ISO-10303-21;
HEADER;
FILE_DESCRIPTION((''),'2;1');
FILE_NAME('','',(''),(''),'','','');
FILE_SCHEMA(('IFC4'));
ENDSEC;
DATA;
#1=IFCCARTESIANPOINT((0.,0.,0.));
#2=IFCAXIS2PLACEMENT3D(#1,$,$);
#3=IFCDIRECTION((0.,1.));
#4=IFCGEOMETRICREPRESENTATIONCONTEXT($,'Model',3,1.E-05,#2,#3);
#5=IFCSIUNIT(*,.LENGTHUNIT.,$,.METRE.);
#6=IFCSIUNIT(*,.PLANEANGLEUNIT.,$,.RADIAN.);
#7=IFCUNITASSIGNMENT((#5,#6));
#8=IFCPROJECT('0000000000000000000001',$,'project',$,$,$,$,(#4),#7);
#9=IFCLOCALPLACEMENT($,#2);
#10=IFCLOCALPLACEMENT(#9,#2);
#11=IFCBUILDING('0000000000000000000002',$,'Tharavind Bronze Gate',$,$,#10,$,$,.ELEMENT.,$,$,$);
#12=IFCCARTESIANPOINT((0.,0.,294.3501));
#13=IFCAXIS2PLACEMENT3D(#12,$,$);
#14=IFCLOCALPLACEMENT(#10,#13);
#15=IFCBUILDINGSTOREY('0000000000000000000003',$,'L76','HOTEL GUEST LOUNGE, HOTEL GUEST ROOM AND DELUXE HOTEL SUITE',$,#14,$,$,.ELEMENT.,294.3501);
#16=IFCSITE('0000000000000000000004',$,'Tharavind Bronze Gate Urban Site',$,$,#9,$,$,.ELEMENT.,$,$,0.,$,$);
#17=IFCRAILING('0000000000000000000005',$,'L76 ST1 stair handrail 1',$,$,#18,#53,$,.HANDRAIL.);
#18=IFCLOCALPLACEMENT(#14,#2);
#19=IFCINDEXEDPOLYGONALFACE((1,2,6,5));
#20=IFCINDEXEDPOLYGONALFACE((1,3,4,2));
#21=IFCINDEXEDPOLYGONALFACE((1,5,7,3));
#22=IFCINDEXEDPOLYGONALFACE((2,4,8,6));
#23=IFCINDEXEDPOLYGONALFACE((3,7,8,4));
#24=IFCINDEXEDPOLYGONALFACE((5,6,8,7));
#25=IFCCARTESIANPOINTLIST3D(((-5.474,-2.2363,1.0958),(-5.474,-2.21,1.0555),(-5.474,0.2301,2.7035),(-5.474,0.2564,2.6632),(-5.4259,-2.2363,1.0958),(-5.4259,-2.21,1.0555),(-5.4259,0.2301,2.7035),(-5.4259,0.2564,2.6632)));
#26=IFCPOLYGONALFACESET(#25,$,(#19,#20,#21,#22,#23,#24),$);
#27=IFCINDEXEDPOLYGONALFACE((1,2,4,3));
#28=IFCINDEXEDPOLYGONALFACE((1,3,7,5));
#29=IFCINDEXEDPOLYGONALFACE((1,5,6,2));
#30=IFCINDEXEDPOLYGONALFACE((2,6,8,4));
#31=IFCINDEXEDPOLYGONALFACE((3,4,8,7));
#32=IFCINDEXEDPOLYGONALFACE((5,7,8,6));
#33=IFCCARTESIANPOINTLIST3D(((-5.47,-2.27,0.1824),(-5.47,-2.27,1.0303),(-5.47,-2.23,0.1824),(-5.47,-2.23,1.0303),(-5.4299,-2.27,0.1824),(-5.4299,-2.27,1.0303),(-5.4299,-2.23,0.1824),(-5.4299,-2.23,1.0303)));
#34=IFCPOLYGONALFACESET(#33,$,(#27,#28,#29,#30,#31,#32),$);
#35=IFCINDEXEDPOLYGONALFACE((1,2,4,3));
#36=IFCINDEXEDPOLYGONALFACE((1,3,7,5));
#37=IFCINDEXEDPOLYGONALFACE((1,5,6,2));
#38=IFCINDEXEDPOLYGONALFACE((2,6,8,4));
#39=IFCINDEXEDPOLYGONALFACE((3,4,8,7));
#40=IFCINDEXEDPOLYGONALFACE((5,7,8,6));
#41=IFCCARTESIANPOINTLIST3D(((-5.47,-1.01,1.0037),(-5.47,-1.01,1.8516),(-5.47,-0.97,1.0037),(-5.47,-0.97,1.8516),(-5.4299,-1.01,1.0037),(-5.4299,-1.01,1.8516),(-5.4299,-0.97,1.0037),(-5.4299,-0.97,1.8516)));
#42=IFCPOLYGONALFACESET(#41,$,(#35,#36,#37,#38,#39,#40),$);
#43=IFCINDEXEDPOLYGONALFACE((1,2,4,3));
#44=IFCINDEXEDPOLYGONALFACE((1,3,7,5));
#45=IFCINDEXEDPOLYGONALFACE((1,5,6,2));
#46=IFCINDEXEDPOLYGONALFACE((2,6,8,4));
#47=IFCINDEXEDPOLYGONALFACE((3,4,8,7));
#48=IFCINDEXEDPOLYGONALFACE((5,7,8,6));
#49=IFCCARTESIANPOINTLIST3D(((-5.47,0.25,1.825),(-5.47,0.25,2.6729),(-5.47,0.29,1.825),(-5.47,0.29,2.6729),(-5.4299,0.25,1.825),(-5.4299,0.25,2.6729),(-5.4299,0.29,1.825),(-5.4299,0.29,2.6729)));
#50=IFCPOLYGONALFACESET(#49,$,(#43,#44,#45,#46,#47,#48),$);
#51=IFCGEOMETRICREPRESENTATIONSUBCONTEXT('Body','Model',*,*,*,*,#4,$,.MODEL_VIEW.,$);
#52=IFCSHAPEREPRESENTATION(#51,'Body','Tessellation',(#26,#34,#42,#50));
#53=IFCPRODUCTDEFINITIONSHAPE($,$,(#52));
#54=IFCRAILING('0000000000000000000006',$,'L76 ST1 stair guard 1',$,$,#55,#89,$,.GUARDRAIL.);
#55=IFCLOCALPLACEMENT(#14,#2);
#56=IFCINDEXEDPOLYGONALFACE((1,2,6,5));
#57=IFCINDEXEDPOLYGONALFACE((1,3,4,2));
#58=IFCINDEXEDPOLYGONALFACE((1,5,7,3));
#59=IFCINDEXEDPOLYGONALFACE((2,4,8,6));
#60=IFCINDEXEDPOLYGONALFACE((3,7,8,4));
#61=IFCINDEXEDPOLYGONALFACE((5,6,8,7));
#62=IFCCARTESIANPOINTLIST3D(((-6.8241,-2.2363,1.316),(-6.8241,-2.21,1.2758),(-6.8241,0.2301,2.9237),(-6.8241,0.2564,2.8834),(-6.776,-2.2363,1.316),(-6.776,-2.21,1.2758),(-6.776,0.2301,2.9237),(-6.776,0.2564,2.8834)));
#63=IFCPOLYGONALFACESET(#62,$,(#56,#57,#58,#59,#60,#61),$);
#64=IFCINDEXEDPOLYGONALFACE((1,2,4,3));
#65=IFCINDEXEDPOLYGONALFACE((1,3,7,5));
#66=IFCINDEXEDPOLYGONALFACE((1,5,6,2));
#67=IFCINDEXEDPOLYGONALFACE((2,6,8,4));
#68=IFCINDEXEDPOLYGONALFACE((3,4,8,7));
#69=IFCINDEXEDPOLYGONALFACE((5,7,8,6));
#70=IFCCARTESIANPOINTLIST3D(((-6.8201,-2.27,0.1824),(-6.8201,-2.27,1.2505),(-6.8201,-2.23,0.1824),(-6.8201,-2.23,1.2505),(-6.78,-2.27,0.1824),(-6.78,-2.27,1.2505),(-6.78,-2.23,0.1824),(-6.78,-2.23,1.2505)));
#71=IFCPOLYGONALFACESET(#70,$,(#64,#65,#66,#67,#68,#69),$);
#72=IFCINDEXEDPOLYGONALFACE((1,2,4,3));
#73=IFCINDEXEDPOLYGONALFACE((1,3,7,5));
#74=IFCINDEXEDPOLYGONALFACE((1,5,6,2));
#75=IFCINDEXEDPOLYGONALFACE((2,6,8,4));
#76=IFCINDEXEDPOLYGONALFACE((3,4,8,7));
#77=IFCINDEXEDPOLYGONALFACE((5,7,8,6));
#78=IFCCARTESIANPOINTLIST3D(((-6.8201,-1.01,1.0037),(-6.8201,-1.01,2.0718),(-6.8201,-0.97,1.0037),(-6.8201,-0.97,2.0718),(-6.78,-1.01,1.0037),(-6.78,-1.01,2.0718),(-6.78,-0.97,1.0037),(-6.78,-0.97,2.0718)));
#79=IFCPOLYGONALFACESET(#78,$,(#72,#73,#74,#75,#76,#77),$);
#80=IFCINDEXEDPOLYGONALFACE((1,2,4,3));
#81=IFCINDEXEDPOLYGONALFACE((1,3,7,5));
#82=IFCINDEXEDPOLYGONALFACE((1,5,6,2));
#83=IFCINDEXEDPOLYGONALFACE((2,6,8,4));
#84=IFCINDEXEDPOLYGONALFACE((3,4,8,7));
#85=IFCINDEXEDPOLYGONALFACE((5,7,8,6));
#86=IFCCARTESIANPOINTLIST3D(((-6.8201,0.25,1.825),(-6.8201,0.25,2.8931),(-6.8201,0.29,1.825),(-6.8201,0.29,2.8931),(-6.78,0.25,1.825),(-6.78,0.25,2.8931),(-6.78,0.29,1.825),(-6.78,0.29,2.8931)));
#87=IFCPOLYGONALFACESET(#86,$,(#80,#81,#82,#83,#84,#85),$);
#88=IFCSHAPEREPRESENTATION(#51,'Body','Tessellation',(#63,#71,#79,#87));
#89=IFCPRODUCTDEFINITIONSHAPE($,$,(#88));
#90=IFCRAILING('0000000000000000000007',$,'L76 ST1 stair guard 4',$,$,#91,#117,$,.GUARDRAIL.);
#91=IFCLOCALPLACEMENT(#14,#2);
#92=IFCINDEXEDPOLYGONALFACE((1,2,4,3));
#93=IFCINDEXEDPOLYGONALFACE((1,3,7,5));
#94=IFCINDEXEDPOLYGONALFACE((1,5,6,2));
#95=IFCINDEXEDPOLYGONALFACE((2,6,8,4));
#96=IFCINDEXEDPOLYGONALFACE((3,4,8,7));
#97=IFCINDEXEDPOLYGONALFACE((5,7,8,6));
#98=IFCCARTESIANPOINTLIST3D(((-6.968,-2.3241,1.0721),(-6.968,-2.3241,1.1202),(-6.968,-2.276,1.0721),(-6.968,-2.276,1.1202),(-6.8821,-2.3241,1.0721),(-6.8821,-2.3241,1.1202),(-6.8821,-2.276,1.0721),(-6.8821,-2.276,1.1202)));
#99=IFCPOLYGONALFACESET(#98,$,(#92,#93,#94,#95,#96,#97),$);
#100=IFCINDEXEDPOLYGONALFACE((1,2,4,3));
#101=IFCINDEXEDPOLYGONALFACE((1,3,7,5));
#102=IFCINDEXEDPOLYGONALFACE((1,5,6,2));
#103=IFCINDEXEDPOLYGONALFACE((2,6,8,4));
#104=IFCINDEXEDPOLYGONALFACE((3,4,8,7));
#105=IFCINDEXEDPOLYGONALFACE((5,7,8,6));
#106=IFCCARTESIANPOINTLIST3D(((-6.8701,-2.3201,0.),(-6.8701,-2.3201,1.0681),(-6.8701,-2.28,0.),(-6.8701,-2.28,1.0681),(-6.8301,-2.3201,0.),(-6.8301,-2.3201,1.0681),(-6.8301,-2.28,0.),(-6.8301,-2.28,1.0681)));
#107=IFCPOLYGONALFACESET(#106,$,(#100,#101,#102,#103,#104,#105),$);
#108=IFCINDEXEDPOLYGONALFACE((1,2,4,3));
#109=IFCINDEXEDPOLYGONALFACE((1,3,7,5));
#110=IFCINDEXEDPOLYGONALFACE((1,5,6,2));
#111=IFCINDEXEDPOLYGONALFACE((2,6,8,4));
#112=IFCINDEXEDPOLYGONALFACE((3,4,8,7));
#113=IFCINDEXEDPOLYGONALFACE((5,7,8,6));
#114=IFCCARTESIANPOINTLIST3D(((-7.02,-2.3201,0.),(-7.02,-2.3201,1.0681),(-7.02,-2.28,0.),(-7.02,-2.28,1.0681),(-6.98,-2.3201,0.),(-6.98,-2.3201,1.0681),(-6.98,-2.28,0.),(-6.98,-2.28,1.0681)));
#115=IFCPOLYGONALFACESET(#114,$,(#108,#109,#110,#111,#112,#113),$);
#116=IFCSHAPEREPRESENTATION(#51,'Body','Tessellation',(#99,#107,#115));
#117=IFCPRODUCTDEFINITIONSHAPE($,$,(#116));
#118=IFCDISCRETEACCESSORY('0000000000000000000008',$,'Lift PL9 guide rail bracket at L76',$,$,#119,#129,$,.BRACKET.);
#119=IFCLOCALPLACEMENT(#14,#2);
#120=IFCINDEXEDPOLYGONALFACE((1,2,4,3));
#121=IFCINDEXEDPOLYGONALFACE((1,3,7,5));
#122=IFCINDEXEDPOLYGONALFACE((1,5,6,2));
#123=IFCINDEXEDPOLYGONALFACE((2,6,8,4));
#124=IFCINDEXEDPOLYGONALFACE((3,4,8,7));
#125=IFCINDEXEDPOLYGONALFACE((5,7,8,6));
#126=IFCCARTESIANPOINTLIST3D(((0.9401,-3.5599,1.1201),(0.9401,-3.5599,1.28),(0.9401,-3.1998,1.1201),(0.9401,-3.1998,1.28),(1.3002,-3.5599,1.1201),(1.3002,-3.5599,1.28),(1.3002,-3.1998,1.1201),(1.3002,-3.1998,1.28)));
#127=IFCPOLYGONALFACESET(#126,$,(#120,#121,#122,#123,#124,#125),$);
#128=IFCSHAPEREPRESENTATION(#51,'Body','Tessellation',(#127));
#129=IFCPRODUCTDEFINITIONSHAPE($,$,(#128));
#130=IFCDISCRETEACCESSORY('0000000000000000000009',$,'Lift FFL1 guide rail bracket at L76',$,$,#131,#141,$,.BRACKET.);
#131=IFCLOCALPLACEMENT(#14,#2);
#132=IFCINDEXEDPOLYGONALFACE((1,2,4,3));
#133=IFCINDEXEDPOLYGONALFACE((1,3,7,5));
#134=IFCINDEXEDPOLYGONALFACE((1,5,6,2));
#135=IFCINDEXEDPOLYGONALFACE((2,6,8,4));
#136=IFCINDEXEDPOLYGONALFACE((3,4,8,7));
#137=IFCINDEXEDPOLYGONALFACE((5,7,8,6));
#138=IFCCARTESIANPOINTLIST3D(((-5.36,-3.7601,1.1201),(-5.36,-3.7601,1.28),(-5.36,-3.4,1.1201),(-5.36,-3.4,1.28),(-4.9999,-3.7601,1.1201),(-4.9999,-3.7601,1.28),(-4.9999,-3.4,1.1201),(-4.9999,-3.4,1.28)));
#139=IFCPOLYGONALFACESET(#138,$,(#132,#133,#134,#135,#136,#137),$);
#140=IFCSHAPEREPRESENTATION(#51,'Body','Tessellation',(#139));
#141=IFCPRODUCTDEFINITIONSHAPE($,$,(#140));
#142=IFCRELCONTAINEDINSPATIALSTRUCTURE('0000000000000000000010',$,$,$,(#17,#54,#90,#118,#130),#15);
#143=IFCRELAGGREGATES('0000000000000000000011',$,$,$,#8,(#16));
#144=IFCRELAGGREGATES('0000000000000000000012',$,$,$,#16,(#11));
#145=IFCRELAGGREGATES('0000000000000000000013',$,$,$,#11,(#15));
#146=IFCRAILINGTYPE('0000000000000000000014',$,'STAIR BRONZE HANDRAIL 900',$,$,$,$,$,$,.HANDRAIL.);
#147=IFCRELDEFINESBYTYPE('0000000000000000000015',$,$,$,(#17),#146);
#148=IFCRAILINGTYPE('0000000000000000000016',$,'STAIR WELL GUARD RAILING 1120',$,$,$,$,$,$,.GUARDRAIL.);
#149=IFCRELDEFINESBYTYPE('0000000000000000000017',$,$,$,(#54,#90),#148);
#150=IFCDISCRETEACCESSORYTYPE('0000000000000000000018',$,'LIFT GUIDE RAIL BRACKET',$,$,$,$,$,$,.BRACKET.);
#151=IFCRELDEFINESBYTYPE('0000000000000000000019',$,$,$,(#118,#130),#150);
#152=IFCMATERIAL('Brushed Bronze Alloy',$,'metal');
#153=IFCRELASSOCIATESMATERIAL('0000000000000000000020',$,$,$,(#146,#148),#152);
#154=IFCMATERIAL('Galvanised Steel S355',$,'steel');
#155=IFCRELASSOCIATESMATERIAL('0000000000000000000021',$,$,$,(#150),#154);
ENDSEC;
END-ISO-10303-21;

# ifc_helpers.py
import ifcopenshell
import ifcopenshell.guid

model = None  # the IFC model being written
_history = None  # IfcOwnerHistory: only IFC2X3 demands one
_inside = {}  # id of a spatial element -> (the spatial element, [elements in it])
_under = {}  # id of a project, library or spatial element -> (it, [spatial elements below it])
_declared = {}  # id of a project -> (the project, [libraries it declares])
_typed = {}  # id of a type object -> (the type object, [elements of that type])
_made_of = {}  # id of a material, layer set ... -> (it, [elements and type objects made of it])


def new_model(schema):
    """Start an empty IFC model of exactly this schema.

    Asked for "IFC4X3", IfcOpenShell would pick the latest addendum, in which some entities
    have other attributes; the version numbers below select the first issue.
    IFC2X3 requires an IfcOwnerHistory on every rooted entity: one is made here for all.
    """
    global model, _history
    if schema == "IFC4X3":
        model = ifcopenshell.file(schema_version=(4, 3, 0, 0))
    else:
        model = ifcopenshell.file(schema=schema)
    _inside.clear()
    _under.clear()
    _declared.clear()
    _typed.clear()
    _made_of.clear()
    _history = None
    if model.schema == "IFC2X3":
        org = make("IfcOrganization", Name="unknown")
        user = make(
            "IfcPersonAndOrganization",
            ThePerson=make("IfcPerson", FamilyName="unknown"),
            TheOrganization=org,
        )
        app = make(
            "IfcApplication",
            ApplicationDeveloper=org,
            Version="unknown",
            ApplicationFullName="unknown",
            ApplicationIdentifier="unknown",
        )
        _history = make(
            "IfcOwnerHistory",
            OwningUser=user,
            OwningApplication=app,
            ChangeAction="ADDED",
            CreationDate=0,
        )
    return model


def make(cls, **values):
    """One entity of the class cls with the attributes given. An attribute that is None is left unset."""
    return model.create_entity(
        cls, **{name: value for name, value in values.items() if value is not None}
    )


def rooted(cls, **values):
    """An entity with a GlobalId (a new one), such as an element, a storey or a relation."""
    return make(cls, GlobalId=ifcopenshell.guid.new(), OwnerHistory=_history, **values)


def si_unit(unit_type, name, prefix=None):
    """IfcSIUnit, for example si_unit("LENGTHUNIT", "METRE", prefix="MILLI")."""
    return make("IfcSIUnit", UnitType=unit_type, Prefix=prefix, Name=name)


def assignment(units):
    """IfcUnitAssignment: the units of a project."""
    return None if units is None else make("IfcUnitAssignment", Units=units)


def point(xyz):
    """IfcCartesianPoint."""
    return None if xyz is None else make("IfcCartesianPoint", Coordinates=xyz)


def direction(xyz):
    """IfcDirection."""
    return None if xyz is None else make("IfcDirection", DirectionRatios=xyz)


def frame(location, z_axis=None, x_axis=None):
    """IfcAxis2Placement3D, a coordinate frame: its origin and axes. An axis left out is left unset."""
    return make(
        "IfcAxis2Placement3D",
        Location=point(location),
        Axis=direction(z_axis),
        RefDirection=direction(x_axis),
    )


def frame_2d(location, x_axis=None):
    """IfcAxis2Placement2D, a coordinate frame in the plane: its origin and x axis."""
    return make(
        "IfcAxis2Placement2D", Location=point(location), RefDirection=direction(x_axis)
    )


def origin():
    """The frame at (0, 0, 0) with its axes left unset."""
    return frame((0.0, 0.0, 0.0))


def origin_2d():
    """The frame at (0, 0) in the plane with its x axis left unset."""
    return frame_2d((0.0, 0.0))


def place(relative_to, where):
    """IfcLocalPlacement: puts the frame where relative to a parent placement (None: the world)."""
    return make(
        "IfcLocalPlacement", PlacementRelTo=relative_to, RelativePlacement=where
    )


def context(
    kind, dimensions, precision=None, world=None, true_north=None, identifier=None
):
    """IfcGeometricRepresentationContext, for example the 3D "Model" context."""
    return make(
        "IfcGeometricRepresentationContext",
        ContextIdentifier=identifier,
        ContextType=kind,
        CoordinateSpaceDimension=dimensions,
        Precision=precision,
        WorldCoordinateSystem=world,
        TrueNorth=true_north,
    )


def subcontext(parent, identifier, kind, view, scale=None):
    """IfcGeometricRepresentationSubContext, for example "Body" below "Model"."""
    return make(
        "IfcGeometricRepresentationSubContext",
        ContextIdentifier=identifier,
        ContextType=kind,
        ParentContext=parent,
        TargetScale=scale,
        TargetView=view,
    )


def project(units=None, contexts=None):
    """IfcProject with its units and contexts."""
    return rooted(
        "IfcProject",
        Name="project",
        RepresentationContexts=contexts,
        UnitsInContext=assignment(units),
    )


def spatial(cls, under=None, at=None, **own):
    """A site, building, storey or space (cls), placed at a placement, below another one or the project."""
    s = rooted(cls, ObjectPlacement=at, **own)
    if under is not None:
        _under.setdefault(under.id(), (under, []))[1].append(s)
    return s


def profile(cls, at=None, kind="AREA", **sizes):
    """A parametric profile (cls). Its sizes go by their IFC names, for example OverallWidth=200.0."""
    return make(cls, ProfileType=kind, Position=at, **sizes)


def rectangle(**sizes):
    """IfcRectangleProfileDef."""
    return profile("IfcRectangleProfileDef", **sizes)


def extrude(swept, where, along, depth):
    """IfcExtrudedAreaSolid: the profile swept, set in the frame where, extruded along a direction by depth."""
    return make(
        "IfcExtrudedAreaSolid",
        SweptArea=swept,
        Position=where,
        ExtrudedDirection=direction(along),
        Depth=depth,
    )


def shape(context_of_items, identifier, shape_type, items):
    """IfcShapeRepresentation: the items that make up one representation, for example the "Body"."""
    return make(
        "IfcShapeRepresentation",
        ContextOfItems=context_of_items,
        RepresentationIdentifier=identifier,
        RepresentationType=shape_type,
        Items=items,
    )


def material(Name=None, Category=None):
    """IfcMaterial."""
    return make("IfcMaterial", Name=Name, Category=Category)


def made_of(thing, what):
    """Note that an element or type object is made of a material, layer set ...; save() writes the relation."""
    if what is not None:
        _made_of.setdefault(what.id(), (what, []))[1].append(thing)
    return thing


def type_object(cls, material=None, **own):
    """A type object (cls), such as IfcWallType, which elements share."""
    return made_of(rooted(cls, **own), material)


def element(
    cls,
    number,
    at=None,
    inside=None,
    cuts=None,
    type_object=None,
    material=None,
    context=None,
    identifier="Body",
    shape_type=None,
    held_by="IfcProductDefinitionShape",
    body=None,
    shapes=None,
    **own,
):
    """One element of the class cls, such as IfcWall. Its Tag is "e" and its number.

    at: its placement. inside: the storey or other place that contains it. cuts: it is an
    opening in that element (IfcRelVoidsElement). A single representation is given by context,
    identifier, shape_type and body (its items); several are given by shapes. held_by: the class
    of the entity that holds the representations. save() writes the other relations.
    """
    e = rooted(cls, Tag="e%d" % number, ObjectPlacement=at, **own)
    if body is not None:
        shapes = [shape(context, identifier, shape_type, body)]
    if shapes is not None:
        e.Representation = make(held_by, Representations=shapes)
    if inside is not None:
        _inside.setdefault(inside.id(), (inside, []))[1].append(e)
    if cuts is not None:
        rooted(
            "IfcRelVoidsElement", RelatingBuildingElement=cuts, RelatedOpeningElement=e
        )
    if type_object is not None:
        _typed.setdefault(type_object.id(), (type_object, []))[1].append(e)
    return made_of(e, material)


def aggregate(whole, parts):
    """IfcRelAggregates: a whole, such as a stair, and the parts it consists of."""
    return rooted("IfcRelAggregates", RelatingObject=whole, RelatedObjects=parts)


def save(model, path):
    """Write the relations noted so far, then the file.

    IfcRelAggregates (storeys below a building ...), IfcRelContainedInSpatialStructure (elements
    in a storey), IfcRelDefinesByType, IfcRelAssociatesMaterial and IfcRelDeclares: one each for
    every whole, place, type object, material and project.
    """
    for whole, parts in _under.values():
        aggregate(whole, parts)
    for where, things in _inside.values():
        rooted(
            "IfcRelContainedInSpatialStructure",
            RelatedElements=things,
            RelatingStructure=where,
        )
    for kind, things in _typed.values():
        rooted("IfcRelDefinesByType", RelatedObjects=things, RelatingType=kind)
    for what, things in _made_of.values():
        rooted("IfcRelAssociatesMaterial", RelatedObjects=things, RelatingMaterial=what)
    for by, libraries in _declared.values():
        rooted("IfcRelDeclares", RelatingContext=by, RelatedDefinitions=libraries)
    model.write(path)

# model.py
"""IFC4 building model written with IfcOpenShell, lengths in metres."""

from ifc_helpers import new_model, si_unit, direction, frame, origin, origin_2d, place, context, subcontext, project, spatial, rectangle, extrude, material, type_object, element, save


model = new_model("IFC4")

# Units and contexts
model_context = context("Model", 3, precision=1e-05, world=origin(), true_north=direction((0.0, 1.0)))
body_context = subcontext(model_context, "Body", "Model", "MODEL_VIEW")
ifc_project = project(units=[si_unit("LENGTHUNIT", "METRE"), si_unit("PLANEANGLEUNIT", "RADIAN")], contexts=[model_context])

# Site, building, storey
site_placement = place(None, origin())
site = spatial("IfcSite", under=ifc_project, at=site_placement, Name="Tharavind Bronze Gate Urban Site", CompositionType="ELEMENT", RefElevation=0.0)
building_placement = place(site_placement, origin())
building = spatial("IfcBuilding", under=site, at=building_placement, Name="Tharavind Bronze Gate", CompositionType="ELEMENT")
storey_placement = place(building_placement, frame((0.0, 0.0, 294.3501)))
storey = spatial("IfcBuildingStorey", under=building, at=storey_placement, Name="L76", Description="HOTEL GUEST LOUNGE, HOTEL GUEST ROOM AND DELUXE HOTEL SUITE", CompositionType="ELEMENT", Elevation=294.3501)

# Railings
ifc_material_1 = material(Name="Brushed Bronze Alloy", Category="metal")
railing_type_1 = type_object("IfcRailingType", Name="STAIR BRONZE HANDRAIL 900", PredefinedType="HANDRAIL", material=ifc_material_1)
railing_1_placement = place(storey_placement, frame((-5.45, -2.25, 0.1824)))
element("IfcRailing", 1, at=railing_1_placement, inside=storey, type_object=railing_type_1, Name="L76 ST1 stair handrail 1", PredefinedType="HANDRAIL", context=body_context, shape_type="SweptSolid", body=[
    extrude(rectangle(XDim=0.0481, YDim=0.0481, at=origin_2d()), frame((0.0, 0.0269, 0.8933), z_axis=(0.0, 0.837749, 0.546055), x_axis=(-1.0, 0.0, 0.0)), (0.0, 0.0, 1.0), 2.9441),
    extrude(rectangle(XDim=0.04, YDim=0.04, at=origin_2d()), origin(), (0.0, 0.0, 1.0), 0.8479),
    extrude(rectangle(XDim=0.04, YDim=0.04, at=origin_2d()), frame((0.0, 1.26, 0.8213)), (0.0, 0.0, 1.0), 0.8479),
    extrude(rectangle(XDim=0.04, YDim=0.04, at=origin_2d()), frame((0.0, 2.52, 1.6426)), (0.0, 0.0, 1.0), 0.8479),
])
railing_type_2 = type_object("IfcRailingType", Name="STAIR WELL GUARD RAILING 1120", PredefinedType="GUARDRAIL", material=ifc_material_1)
railing_2_placement = place(storey_placement, frame((-6.8, -2.25, 0.1824)))
element("IfcRailing", 2, at=railing_2_placement, inside=storey, type_object=railing_type_2, Name="L76 ST1 stair guard 1", PredefinedType="GUARDRAIL", context=body_context, shape_type="SweptSolid", body=[
    extrude(rectangle(XDim=0.0481, YDim=0.0481, at=origin_2d()), frame((0.0, 0.0269, 1.1135), z_axis=(0.0, 0.837749, 0.546055), x_axis=(-1.0, 0.0, 0.0)), (0.0, 0.0, 1.0), 2.9441),
    extrude(rectangle(XDim=0.04, YDim=0.04, at=origin_2d()), origin(), (0.0, 0.0, 1.0), 1.0681),
    extrude(rectangle(XDim=0.04, YDim=0.04, at=origin_2d()), frame((0.0, 1.26, 0.8213)), (0.0, 0.0, 1.0), 1.0681),
    extrude(rectangle(XDim=0.04, YDim=0.04, at=origin_2d()), frame((0.0, 2.52, 1.6426)), (0.0, 0.0, 1.0), 1.0681),
])
railing_3_placement = place(storey_placement, frame((-6.8501, -2.3, 0.0)))
element("IfcRailing", 3, at=railing_3_placement, inside=storey, type_object=railing_type_2, Name="L76 ST1 stair guard 4", PredefinedType="GUARDRAIL", context=body_context, shape_type="SweptSolid", body=[
    extrude(rectangle(XDim=0.0481, YDim=0.0481, at=origin_2d()), frame((-0.032, 0.0, 1.0962), z_axis=(-1.0, 0.0, 0.0), x_axis=(0.0, -1.0, 0.0)), (0.0, 0.0, 1.0), 0.0859),
    extrude(rectangle(XDim=0.04, YDim=0.04, at=origin_2d()), origin(), (0.0, 0.0, 1.0), 1.0681),
    extrude(rectangle(XDim=0.04, YDim=0.04, at=origin_2d()), frame((-0.1499, 0.0, 0.0)), (0.0, 0.0, 1.0), 1.0681),
])

# Discrete accessories
ifc_material_2 = material(Name="Galvanised Steel S355", Category="steel")
discrete_accessory_type = type_object("IfcDiscreteAccessoryType", Name="LIFT GUIDE RAIL BRACKET", PredefinedType="BRACKET", material=ifc_material_2)
for number, where, z_axis, x_axis, name in (
    (4, (1.1201, -3.3799, 1.1201), (0.0, 0.0, 1.0), (1.0, 0.0, 0.0), "Lift PL9 guide rail bracket at L76"),
    (5, (-5.1799, -3.5801, 1.1201), (0.0, 0.0, 1.0), (1.0, 0.0, 0.0), "Lift FFL1 guide rail bracket at L76"),
):
    element("IfcDiscreteAccessory", number, at=place(storey_placement, frame(where, z_axis=z_axis, x_axis=x_axis)), inside=storey, type_object=discrete_accessory_type, Name=name, PredefinedType="BRACKET", context=body_context, shape_type="SweptSolid", body=[
        extrude(rectangle(XDim=0.3601, YDim=0.3601, at=origin_2d()), origin(), (0.0, 0.0, 1.0), 0.1599),
    ])

save(model, "model.ifc")
